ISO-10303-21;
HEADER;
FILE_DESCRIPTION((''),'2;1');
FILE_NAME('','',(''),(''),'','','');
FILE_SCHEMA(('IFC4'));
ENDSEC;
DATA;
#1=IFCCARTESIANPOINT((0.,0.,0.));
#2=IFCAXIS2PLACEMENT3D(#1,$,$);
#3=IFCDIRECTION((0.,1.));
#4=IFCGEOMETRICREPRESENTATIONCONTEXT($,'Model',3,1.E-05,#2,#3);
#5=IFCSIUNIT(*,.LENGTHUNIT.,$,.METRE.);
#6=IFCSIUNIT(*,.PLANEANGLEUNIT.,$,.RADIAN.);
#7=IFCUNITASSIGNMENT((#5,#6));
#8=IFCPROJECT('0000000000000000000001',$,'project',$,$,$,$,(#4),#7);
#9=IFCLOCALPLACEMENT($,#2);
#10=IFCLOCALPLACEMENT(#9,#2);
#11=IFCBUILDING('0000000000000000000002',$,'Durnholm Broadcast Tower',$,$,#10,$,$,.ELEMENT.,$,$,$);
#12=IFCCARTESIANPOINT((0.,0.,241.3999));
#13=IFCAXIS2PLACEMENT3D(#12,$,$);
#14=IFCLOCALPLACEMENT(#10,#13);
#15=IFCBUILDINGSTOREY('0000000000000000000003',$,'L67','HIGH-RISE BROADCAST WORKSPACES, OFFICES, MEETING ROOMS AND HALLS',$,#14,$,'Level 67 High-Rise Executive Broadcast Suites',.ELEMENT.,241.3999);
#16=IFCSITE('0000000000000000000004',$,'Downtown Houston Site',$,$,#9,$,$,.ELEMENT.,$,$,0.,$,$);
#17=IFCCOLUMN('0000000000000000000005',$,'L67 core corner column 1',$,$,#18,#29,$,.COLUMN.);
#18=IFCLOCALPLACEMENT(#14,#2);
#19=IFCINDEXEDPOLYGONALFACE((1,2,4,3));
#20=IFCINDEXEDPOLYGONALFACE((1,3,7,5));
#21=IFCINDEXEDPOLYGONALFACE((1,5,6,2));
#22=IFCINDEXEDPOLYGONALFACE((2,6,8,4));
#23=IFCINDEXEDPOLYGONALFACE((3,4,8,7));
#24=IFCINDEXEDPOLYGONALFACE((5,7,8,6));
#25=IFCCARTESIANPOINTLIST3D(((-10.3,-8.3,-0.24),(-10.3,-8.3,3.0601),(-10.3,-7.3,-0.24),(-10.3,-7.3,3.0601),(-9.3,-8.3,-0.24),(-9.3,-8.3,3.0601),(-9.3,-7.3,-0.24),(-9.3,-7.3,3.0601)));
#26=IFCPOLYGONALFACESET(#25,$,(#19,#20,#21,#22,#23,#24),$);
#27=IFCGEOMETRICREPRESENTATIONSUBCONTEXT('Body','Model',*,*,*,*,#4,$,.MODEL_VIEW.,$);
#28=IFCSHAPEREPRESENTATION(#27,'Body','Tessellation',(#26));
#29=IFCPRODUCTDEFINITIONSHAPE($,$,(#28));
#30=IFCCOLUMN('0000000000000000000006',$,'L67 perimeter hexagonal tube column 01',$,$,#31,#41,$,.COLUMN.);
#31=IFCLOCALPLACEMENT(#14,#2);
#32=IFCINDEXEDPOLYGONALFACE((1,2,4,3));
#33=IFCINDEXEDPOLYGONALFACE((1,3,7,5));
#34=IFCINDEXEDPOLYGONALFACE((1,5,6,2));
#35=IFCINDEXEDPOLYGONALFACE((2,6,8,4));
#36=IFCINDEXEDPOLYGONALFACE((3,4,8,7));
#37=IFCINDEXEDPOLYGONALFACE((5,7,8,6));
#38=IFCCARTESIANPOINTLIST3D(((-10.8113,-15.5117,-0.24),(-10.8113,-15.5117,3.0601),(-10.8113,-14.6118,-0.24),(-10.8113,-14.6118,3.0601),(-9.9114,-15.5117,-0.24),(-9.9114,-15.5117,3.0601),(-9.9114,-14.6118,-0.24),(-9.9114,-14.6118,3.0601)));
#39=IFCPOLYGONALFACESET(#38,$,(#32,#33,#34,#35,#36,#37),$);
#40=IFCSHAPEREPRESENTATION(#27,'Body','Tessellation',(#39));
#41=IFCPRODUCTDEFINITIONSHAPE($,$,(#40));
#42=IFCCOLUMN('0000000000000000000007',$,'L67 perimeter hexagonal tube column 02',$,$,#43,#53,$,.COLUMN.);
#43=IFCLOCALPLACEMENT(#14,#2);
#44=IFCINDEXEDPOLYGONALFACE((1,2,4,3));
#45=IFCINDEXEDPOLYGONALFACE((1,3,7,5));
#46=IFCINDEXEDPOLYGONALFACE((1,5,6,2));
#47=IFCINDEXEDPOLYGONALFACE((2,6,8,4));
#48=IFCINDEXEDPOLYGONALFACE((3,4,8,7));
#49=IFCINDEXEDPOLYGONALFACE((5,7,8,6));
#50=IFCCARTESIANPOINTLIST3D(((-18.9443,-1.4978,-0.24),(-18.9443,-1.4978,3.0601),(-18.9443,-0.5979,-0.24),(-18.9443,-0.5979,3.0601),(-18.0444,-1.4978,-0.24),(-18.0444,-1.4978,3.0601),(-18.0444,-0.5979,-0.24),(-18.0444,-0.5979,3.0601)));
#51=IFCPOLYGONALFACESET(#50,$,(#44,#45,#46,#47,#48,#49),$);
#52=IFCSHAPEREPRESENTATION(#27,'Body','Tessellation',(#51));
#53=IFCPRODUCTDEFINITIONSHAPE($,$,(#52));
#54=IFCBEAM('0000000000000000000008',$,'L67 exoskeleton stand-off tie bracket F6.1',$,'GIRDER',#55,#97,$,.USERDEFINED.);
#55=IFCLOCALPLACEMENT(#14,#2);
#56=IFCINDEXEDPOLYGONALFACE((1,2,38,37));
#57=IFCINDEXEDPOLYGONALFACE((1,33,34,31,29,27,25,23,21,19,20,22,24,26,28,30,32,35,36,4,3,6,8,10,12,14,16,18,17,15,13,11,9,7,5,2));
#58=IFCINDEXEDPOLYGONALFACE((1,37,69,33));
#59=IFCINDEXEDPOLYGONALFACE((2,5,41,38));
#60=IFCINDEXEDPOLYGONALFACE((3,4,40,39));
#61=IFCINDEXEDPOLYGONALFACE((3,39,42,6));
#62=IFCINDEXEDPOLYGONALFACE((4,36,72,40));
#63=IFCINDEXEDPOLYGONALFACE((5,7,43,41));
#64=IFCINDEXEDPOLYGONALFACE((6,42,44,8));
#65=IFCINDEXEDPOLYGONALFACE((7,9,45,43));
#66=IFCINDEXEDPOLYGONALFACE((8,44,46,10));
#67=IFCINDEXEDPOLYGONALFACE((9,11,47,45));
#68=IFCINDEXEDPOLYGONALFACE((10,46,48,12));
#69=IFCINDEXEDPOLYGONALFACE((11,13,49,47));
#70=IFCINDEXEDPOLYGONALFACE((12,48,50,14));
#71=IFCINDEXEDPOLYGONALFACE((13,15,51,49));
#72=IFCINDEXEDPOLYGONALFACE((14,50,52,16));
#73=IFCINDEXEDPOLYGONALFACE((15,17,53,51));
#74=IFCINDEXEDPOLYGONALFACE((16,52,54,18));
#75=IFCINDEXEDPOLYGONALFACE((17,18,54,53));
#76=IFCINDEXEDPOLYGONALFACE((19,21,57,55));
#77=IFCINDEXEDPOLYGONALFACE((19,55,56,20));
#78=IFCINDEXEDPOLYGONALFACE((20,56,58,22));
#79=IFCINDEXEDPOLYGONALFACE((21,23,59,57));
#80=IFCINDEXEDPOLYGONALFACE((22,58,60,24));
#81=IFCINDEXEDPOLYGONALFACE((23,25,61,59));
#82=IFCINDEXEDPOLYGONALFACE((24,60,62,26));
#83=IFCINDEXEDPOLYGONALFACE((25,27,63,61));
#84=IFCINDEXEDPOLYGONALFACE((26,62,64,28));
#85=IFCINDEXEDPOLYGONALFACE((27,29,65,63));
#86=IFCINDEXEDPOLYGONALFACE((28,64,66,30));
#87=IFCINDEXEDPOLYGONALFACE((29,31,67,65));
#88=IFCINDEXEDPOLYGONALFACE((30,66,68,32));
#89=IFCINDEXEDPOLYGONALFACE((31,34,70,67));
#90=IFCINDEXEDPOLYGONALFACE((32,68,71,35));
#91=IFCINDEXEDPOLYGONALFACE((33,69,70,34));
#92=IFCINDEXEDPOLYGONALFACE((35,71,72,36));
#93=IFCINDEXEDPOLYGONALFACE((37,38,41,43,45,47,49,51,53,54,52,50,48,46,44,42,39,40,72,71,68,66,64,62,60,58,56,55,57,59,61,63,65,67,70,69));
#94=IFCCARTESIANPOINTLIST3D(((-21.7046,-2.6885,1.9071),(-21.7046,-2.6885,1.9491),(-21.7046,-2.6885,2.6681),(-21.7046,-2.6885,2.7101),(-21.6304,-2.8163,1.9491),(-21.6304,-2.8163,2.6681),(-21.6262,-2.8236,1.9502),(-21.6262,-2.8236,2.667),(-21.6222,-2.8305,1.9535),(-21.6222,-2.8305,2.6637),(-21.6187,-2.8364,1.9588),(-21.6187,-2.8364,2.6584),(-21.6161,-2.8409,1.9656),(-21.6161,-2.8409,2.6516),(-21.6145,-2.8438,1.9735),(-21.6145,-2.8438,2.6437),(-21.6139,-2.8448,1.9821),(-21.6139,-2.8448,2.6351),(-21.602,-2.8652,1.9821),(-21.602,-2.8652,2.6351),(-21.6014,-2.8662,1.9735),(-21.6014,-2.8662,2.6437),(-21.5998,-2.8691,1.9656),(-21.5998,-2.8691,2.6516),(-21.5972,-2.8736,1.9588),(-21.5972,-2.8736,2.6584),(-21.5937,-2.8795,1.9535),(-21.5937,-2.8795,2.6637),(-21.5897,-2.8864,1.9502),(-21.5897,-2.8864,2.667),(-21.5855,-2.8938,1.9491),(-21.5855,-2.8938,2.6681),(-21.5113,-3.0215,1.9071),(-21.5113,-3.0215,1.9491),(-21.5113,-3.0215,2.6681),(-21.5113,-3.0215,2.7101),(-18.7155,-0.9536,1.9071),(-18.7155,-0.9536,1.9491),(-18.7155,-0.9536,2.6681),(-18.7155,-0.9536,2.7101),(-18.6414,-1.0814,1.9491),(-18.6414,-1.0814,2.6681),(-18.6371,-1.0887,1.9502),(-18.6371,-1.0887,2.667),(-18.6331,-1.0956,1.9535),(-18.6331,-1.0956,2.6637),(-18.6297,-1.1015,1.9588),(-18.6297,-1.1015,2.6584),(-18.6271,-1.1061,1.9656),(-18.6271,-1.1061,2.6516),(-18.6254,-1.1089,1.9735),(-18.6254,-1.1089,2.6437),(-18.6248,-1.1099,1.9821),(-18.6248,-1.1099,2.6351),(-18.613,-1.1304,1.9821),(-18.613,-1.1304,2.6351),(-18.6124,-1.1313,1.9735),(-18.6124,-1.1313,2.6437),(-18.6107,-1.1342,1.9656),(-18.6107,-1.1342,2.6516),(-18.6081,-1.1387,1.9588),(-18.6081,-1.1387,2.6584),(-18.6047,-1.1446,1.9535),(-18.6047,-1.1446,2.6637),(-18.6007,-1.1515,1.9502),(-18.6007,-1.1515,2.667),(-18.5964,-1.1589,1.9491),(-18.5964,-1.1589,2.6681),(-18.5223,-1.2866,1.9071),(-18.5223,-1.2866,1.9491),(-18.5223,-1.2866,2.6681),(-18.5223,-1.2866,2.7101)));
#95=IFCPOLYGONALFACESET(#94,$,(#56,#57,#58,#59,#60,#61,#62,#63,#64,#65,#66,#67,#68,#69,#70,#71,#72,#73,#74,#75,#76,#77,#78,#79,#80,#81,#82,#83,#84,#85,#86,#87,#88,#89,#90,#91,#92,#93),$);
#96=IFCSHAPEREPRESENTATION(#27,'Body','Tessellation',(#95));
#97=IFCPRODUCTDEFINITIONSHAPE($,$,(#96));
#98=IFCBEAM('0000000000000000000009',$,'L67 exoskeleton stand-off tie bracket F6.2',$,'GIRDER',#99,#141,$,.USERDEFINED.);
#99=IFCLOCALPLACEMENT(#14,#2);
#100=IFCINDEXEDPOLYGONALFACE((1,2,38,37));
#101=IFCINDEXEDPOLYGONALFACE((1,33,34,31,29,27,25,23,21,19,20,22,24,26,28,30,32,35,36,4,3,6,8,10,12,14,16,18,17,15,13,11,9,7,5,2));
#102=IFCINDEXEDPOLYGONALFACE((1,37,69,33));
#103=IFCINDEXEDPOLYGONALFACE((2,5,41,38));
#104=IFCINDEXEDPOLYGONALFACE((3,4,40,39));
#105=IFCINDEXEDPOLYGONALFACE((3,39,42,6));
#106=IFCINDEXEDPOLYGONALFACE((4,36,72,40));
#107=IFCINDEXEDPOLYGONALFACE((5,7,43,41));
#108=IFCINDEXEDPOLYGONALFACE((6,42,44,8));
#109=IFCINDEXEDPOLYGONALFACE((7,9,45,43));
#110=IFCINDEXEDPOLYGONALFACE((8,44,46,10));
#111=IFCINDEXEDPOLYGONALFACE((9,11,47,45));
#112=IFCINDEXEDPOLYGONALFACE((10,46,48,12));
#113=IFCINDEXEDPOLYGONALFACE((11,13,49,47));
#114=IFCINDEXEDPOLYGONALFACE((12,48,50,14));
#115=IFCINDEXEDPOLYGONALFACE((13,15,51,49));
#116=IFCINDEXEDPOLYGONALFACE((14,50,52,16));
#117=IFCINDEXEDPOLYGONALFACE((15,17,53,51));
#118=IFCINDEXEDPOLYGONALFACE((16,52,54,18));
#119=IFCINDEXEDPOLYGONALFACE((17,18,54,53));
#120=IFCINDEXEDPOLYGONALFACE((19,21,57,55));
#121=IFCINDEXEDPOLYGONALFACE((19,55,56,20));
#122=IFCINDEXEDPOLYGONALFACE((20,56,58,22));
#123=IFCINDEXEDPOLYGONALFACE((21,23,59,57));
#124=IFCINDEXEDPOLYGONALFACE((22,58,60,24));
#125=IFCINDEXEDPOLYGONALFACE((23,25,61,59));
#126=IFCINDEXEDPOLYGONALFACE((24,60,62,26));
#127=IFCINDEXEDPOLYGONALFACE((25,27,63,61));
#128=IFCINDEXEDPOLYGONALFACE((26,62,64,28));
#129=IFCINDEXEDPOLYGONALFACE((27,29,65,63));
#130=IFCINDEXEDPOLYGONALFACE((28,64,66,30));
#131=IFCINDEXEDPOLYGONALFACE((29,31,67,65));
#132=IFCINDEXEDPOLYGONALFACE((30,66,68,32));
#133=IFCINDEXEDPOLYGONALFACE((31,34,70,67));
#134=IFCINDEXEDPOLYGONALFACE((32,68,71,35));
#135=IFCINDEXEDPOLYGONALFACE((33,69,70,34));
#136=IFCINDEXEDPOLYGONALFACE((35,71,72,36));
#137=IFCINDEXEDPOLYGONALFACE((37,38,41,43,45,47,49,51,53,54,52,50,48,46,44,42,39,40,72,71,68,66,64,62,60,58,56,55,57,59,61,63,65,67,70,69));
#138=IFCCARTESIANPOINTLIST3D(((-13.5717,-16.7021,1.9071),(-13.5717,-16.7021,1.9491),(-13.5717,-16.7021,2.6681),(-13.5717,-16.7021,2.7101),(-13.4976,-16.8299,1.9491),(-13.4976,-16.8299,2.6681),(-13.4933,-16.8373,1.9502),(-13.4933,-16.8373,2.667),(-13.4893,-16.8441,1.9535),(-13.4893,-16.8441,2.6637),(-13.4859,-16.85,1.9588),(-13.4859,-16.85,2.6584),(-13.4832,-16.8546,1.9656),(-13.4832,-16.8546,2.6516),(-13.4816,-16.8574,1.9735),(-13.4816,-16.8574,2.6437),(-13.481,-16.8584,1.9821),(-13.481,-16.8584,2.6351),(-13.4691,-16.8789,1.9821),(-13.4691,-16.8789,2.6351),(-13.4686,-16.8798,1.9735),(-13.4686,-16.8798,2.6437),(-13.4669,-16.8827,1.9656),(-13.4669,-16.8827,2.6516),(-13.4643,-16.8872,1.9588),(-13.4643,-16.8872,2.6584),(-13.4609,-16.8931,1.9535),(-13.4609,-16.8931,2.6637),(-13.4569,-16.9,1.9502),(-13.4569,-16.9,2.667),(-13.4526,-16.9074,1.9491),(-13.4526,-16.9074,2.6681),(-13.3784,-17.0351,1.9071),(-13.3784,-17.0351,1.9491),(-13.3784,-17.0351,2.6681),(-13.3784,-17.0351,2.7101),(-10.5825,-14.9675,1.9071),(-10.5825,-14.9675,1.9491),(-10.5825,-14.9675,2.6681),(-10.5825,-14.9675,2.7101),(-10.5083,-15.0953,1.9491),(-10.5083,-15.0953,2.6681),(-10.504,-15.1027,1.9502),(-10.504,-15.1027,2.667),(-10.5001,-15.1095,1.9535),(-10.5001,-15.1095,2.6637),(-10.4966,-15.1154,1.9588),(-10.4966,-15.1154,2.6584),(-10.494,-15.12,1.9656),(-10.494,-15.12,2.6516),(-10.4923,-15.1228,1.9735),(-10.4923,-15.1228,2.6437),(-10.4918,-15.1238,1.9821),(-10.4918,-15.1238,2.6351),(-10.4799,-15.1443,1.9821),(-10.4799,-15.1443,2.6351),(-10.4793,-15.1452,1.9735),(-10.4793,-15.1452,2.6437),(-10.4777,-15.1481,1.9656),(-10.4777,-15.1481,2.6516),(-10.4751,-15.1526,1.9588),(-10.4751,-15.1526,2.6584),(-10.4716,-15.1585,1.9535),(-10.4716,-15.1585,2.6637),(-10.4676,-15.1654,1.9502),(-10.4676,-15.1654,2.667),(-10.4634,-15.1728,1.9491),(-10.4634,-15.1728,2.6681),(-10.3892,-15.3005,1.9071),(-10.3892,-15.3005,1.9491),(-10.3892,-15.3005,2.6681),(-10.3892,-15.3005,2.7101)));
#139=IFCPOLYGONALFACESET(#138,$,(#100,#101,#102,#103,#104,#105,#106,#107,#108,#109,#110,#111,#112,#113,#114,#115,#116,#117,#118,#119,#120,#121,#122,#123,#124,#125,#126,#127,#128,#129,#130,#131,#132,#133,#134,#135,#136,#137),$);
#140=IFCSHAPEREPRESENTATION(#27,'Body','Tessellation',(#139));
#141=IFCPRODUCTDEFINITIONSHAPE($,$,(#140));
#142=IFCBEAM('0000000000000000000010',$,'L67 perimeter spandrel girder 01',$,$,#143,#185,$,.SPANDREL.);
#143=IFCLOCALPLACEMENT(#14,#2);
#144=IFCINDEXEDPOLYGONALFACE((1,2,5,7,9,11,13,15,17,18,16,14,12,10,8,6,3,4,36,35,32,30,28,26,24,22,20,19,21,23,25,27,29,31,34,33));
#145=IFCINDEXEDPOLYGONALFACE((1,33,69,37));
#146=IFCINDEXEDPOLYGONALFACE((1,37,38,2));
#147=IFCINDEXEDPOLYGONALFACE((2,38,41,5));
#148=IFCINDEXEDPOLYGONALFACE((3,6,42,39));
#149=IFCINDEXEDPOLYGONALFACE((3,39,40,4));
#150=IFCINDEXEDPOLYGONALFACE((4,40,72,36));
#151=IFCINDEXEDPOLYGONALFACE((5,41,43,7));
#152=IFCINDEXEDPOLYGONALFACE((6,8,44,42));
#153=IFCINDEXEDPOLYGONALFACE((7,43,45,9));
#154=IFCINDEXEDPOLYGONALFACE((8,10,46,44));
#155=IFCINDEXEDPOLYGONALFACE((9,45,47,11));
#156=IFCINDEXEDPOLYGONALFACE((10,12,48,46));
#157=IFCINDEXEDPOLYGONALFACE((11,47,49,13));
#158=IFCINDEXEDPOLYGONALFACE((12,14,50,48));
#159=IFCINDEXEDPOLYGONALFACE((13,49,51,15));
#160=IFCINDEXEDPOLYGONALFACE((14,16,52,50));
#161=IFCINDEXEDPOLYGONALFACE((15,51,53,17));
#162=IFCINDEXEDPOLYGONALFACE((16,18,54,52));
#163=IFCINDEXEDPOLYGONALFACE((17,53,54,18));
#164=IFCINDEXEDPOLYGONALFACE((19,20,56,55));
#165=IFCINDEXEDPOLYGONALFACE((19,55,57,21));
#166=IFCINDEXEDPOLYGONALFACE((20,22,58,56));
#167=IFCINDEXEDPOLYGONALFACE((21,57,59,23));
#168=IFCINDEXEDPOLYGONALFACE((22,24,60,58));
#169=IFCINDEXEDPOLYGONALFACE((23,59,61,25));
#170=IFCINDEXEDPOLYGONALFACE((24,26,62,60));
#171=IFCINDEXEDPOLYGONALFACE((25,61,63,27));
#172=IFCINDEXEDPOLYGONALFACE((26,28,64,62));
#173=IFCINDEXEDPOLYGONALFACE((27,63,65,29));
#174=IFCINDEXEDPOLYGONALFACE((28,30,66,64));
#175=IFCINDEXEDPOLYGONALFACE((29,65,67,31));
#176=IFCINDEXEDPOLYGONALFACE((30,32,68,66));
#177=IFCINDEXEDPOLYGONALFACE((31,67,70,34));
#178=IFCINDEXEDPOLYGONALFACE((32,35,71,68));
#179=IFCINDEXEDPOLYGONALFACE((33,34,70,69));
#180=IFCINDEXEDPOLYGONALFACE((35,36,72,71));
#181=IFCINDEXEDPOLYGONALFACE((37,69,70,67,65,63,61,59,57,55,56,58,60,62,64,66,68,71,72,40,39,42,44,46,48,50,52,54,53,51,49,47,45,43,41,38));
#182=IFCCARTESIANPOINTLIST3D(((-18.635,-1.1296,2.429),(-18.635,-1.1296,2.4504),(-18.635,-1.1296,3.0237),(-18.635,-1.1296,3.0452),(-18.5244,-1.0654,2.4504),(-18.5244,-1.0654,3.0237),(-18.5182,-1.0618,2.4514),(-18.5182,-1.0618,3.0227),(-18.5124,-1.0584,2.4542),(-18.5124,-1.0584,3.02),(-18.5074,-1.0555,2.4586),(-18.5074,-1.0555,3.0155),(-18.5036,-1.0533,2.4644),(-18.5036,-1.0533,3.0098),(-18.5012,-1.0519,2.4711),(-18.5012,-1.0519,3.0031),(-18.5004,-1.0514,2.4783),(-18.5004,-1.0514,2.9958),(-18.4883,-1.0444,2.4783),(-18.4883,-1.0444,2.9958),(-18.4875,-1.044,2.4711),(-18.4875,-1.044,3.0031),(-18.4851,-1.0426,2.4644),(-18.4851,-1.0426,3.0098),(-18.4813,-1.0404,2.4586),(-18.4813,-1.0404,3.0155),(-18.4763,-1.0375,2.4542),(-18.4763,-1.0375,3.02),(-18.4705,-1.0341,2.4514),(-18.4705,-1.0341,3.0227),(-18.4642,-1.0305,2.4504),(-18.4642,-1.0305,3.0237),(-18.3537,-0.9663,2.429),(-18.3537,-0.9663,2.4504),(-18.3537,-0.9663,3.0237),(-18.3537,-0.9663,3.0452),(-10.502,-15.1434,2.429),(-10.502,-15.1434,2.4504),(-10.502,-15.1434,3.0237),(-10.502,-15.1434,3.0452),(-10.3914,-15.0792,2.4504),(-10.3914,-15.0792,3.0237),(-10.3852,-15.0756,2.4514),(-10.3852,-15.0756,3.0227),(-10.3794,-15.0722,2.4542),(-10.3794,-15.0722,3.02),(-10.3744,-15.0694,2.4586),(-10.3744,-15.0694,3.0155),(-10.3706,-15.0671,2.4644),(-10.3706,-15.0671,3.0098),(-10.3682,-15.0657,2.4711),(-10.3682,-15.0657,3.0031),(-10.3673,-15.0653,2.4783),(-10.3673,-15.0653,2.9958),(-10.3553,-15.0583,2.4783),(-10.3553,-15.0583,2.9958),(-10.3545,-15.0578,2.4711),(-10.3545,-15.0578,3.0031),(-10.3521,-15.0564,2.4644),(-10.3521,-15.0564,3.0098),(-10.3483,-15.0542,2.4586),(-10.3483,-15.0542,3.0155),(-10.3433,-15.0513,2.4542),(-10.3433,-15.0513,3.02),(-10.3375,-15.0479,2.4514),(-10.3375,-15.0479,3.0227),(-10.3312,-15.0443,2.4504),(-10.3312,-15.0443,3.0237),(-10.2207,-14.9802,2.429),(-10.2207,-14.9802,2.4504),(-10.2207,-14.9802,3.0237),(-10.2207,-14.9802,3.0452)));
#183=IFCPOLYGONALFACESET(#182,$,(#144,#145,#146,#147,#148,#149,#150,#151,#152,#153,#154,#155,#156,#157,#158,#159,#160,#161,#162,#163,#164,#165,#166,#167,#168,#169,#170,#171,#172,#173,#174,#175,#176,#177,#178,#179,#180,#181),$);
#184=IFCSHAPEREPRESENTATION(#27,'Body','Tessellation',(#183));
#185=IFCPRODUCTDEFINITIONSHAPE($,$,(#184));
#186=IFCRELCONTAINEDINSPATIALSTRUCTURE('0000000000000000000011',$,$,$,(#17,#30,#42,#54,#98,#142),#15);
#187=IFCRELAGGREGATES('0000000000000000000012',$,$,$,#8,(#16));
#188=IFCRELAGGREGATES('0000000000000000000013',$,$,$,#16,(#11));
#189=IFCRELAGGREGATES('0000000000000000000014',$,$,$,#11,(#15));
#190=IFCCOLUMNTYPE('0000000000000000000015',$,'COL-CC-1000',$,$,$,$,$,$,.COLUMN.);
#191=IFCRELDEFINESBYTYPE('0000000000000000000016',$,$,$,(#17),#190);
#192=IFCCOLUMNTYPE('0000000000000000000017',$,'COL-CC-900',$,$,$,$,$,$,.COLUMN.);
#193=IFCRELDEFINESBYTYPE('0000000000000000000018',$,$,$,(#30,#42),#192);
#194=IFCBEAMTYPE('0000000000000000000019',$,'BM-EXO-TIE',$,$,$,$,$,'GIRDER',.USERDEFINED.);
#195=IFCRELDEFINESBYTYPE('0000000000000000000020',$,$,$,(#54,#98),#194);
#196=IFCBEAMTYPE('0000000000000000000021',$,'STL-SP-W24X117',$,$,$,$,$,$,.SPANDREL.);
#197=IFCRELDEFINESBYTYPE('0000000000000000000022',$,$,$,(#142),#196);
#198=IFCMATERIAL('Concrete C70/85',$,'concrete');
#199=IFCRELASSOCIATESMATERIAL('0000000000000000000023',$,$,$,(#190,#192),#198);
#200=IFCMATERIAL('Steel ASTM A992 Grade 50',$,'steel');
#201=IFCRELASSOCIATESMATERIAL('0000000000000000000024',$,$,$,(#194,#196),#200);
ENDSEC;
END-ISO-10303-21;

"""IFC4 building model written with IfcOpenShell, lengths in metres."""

from ifc_helpers import new_model, si_unit, direction, frame, origin, origin_2d, place, context, subcontext, project, spatial, rectangle, i_section, extrude, source, transform, mapped, material, material_profile, profile_set, type_object, type_shapes, element, save


model = new_model("IFC4")

# Units and contexts
model_context = context("Model", 3, precision=1e-05, world=origin(), true_north=direction((0.0, 1.0)))
body_context = subcontext(model_context, "Body", "Model", "MODEL_VIEW")
ifc_project = project(units=[si_unit("LENGTHUNIT", "METRE"), si_unit("PLANEANGLEUNIT", "RADIAN")], contexts=[model_context])

# Site, building, storey
site_placement = place(None, origin())
site = spatial("IfcSite", under=ifc_project, at=site_placement, Name="Downtown Houston Site", CompositionType="ELEMENT", RefElevation=0.0)
building_placement = place(site_placement, origin())
building = spatial("IfcBuilding", under=site, at=building_placement, Name="Durnholm Broadcast Tower", CompositionType="ELEMENT")
storey_placement = place(building_placement, frame((0.0, 0.0, 241.3999)))
storey = spatial("IfcBuildingStorey", under=building, at=storey_placement, Name="L67", Description="HIGH-RISE BROADCAST WORKSPACES, OFFICES, MEETING ROOMS AND HALLS", LongName="Level 67 High-Rise Executive Broadcast Suites", CompositionType="ELEMENT", Elevation=241.3999)

# Columns
ifc_material_1 = material(Name="Concrete C70/85", Category="concrete")
ifc_material_profile_1 = material_profile(ifc_material_1, rectangle(XDim=1.0, YDim=1.0, at=origin_2d()), Name="RC1000X1000")
ifc_profile_set_1 = profile_set([ifc_material_profile_1], Name="Concrete C70/85")
column_type_1 = type_object("IfcColumnType", Name="COL-CC-1000", PredefinedType="COLUMN", material=ifc_profile_set_1)
shared_shape_1 = source(origin(), body_context, "Body", "SweptSolid", [
    extrude(rectangle(XDim=1.0, YDim=1.0, at=origin_2d()), origin(), (0.0, 0.0, 1.0), 3.3),
])
type_shapes(column_type_1, [shared_shape_1])
column_placement = place(storey_placement, frame((-9.8, -7.8, -0.24), z_axis=(0.0, 0.0, 1.0), x_axis=(1.0, 0.0, 0.0)))
element("IfcColumn", 1, at=column_placement, inside=storey, type_object=column_type_1, Name="L67 core corner column 1", PredefinedType="COLUMN", context=body_context, shape_type="MappedRepresentation", body=[
    mapped(shared_shape_1, transform((0.0, 0.0, 0.0), x_axis=(1.0, 0.0, 0.0), y_axis=(0.0, 1.0, 0.0), z_axis=(0.0, 0.0, 1.0), scale=1.0)),
])
ifc_material_profile_2 = material_profile(ifc_material_1, rectangle(XDim=0.8999, YDim=0.8999, at=origin_2d()), Name="RC900X900")
ifc_profile_set_2 = profile_set([ifc_material_profile_2], Name="Concrete C70/85")
column_type_2 = type_object("IfcColumnType", Name="COL-CC-900", PredefinedType="COLUMN", material=ifc_profile_set_2)
shared_shape_2 = source(origin(), body_context, "Body", "SweptSolid", [
    extrude(rectangle(XDim=0.8999, YDim=0.8999, at=origin_2d()), origin(), (0.0, 0.0, 1.0), 3.3),
])
type_shapes(column_type_2, [shared_shape_2])
for number, where, z_axis, x_axis, name in (
    (2, (-10.3613, -15.0618, -0.24), (0.0, 0.0, 1.0), (1.0, 0.0, 0.0), "L67 perimeter hexagonal tube column 01"),
    (3, (-18.4944, -1.0479, -0.24), (0.0, 0.0, 1.0), (1.0, 0.0, 0.0), "L67 perimeter hexagonal tube column 02"),
):
    element("IfcColumn", number, at=place(storey_placement, frame(where, z_axis=z_axis, x_axis=x_axis)), inside=storey, type_object=column_type_2, Name=name, PredefinedType="COLUMN", context=body_context, shape_type="MappedRepresentation", body=[
        mapped(shared_shape_2, transform((0.0, 0.0, 0.0), x_axis=(1.0, 0.0, 0.0), y_axis=(0.0, 1.0, 0.0), z_axis=(0.0, 0.0, 1.0), scale=1.0)),
    ])

# Beams
ifc_material_2 = material(Name="Steel ASTM A992 Grade 50", Category="steel")
ifc_material_profile_3 = material_profile(ifc_material_2, i_section(OverallWidth=0.385, OverallDepth=0.803, WebThickness=0.0237, FlangeThickness=0.042, FilletRadius=0.033, at=origin_2d()), Name="W30X261")
ifc_profile_set_3 = profile_set([ifc_material_profile_3], Name="Steel ASTM A992 Grade 50")
beam_type_1 = type_object("IfcBeamType", Name="BM-EXO-TIE", ElementType="GIRDER", PredefinedType="USERDEFINED", material=ifc_profile_set_3)
shared_shape_3 = source(origin(), body_context, "Body", "SweptSolid", [
    extrude(i_section(OverallWidth=0.385, OverallDepth=0.803, WebThickness=0.0237, FlangeThickness=0.042, FilletRadius=0.033, at=origin_2d()), origin(), (0.0, 0.0, 1.0), 3.4561),
])
for number, where, z_axis, x_axis, name in (
    (4, (-18.6189, -1.1201, 2.3086), (-0.864876, -0.501986, 0.0), (0.501986, -0.864876, 0.0), "L67 exoskeleton stand-off tie bracket F6.1"),
    (5, (-10.4858, -15.134, 2.3086), (-0.864924, -0.501902, 0.0), (0.501902, -0.864924, 0.0), "L67 exoskeleton stand-off tie bracket F6.2"),
):
    element("IfcBeam", number, at=place(storey_placement, frame(where, z_axis=z_axis, x_axis=x_axis)), inside=storey, type_object=beam_type_1, Name=name, ObjectType="GIRDER", PredefinedType="USERDEFINED", context=body_context, shape_type="MappedRepresentation", body=[
        mapped(shared_shape_3, transform((0.0, 0.0, 0.0), x_axis=(1.0, 0.0, 0.0), y_axis=(0.0, 1.0, 0.0), z_axis=(0.0, 0.0, 1.0), scale=1.0)),
    ])
ifc_material_profile_4 = material_profile(ifc_material_2, i_section(OverallWidth=0.3252, OverallDepth=0.6162, WebThickness=0.0139, FlangeThickness=0.0215, FilletRadius=0.0278, at=origin_2d()), Name="W24X117")
ifc_profile_set_4 = profile_set([ifc_material_profile_4], Name="Steel ASTM A992 Grade 50")
beam_type_2 = type_object("IfcBeamType", Name="STL-SP-W24X117", PredefinedType="SPANDREL", material=ifc_profile_set_4)
shared_shape_4 = source(origin(), body_context, "Body", "SweptSolid", [
    extrude(i_section(OverallWidth=0.3252, OverallDepth=0.6162, WebThickness=0.0139, FlangeThickness=0.0215, FilletRadius=0.0278, at=origin_2d()), origin(), (0.0, 0.0, 1.0), 16.2029),
])
beam_1_placement = place(storey_placement, frame((-10.3613, -15.0618, 2.7371), z_axis=(-0.501948, 0.864898, 0.0), x_axis=(-0.864898, -0.501948, 0.0)))
element("IfcBeam", 6, at=beam_1_placement, inside=storey, type_object=beam_type_2, Name="L67 perimeter spandrel girder 01", PredefinedType="SPANDREL", context=body_context, shape_type="MappedRepresentation", body=[
    mapped(shared_shape_4, transform((0.0, 0.0, 0.0), x_axis=(1.0, 0.0, 0.0), y_axis=(0.0, 1.0, 0.0), z_axis=(0.0, 0.0, 1.0), scale=1.0)),
])

save(model, "model.ifc")
